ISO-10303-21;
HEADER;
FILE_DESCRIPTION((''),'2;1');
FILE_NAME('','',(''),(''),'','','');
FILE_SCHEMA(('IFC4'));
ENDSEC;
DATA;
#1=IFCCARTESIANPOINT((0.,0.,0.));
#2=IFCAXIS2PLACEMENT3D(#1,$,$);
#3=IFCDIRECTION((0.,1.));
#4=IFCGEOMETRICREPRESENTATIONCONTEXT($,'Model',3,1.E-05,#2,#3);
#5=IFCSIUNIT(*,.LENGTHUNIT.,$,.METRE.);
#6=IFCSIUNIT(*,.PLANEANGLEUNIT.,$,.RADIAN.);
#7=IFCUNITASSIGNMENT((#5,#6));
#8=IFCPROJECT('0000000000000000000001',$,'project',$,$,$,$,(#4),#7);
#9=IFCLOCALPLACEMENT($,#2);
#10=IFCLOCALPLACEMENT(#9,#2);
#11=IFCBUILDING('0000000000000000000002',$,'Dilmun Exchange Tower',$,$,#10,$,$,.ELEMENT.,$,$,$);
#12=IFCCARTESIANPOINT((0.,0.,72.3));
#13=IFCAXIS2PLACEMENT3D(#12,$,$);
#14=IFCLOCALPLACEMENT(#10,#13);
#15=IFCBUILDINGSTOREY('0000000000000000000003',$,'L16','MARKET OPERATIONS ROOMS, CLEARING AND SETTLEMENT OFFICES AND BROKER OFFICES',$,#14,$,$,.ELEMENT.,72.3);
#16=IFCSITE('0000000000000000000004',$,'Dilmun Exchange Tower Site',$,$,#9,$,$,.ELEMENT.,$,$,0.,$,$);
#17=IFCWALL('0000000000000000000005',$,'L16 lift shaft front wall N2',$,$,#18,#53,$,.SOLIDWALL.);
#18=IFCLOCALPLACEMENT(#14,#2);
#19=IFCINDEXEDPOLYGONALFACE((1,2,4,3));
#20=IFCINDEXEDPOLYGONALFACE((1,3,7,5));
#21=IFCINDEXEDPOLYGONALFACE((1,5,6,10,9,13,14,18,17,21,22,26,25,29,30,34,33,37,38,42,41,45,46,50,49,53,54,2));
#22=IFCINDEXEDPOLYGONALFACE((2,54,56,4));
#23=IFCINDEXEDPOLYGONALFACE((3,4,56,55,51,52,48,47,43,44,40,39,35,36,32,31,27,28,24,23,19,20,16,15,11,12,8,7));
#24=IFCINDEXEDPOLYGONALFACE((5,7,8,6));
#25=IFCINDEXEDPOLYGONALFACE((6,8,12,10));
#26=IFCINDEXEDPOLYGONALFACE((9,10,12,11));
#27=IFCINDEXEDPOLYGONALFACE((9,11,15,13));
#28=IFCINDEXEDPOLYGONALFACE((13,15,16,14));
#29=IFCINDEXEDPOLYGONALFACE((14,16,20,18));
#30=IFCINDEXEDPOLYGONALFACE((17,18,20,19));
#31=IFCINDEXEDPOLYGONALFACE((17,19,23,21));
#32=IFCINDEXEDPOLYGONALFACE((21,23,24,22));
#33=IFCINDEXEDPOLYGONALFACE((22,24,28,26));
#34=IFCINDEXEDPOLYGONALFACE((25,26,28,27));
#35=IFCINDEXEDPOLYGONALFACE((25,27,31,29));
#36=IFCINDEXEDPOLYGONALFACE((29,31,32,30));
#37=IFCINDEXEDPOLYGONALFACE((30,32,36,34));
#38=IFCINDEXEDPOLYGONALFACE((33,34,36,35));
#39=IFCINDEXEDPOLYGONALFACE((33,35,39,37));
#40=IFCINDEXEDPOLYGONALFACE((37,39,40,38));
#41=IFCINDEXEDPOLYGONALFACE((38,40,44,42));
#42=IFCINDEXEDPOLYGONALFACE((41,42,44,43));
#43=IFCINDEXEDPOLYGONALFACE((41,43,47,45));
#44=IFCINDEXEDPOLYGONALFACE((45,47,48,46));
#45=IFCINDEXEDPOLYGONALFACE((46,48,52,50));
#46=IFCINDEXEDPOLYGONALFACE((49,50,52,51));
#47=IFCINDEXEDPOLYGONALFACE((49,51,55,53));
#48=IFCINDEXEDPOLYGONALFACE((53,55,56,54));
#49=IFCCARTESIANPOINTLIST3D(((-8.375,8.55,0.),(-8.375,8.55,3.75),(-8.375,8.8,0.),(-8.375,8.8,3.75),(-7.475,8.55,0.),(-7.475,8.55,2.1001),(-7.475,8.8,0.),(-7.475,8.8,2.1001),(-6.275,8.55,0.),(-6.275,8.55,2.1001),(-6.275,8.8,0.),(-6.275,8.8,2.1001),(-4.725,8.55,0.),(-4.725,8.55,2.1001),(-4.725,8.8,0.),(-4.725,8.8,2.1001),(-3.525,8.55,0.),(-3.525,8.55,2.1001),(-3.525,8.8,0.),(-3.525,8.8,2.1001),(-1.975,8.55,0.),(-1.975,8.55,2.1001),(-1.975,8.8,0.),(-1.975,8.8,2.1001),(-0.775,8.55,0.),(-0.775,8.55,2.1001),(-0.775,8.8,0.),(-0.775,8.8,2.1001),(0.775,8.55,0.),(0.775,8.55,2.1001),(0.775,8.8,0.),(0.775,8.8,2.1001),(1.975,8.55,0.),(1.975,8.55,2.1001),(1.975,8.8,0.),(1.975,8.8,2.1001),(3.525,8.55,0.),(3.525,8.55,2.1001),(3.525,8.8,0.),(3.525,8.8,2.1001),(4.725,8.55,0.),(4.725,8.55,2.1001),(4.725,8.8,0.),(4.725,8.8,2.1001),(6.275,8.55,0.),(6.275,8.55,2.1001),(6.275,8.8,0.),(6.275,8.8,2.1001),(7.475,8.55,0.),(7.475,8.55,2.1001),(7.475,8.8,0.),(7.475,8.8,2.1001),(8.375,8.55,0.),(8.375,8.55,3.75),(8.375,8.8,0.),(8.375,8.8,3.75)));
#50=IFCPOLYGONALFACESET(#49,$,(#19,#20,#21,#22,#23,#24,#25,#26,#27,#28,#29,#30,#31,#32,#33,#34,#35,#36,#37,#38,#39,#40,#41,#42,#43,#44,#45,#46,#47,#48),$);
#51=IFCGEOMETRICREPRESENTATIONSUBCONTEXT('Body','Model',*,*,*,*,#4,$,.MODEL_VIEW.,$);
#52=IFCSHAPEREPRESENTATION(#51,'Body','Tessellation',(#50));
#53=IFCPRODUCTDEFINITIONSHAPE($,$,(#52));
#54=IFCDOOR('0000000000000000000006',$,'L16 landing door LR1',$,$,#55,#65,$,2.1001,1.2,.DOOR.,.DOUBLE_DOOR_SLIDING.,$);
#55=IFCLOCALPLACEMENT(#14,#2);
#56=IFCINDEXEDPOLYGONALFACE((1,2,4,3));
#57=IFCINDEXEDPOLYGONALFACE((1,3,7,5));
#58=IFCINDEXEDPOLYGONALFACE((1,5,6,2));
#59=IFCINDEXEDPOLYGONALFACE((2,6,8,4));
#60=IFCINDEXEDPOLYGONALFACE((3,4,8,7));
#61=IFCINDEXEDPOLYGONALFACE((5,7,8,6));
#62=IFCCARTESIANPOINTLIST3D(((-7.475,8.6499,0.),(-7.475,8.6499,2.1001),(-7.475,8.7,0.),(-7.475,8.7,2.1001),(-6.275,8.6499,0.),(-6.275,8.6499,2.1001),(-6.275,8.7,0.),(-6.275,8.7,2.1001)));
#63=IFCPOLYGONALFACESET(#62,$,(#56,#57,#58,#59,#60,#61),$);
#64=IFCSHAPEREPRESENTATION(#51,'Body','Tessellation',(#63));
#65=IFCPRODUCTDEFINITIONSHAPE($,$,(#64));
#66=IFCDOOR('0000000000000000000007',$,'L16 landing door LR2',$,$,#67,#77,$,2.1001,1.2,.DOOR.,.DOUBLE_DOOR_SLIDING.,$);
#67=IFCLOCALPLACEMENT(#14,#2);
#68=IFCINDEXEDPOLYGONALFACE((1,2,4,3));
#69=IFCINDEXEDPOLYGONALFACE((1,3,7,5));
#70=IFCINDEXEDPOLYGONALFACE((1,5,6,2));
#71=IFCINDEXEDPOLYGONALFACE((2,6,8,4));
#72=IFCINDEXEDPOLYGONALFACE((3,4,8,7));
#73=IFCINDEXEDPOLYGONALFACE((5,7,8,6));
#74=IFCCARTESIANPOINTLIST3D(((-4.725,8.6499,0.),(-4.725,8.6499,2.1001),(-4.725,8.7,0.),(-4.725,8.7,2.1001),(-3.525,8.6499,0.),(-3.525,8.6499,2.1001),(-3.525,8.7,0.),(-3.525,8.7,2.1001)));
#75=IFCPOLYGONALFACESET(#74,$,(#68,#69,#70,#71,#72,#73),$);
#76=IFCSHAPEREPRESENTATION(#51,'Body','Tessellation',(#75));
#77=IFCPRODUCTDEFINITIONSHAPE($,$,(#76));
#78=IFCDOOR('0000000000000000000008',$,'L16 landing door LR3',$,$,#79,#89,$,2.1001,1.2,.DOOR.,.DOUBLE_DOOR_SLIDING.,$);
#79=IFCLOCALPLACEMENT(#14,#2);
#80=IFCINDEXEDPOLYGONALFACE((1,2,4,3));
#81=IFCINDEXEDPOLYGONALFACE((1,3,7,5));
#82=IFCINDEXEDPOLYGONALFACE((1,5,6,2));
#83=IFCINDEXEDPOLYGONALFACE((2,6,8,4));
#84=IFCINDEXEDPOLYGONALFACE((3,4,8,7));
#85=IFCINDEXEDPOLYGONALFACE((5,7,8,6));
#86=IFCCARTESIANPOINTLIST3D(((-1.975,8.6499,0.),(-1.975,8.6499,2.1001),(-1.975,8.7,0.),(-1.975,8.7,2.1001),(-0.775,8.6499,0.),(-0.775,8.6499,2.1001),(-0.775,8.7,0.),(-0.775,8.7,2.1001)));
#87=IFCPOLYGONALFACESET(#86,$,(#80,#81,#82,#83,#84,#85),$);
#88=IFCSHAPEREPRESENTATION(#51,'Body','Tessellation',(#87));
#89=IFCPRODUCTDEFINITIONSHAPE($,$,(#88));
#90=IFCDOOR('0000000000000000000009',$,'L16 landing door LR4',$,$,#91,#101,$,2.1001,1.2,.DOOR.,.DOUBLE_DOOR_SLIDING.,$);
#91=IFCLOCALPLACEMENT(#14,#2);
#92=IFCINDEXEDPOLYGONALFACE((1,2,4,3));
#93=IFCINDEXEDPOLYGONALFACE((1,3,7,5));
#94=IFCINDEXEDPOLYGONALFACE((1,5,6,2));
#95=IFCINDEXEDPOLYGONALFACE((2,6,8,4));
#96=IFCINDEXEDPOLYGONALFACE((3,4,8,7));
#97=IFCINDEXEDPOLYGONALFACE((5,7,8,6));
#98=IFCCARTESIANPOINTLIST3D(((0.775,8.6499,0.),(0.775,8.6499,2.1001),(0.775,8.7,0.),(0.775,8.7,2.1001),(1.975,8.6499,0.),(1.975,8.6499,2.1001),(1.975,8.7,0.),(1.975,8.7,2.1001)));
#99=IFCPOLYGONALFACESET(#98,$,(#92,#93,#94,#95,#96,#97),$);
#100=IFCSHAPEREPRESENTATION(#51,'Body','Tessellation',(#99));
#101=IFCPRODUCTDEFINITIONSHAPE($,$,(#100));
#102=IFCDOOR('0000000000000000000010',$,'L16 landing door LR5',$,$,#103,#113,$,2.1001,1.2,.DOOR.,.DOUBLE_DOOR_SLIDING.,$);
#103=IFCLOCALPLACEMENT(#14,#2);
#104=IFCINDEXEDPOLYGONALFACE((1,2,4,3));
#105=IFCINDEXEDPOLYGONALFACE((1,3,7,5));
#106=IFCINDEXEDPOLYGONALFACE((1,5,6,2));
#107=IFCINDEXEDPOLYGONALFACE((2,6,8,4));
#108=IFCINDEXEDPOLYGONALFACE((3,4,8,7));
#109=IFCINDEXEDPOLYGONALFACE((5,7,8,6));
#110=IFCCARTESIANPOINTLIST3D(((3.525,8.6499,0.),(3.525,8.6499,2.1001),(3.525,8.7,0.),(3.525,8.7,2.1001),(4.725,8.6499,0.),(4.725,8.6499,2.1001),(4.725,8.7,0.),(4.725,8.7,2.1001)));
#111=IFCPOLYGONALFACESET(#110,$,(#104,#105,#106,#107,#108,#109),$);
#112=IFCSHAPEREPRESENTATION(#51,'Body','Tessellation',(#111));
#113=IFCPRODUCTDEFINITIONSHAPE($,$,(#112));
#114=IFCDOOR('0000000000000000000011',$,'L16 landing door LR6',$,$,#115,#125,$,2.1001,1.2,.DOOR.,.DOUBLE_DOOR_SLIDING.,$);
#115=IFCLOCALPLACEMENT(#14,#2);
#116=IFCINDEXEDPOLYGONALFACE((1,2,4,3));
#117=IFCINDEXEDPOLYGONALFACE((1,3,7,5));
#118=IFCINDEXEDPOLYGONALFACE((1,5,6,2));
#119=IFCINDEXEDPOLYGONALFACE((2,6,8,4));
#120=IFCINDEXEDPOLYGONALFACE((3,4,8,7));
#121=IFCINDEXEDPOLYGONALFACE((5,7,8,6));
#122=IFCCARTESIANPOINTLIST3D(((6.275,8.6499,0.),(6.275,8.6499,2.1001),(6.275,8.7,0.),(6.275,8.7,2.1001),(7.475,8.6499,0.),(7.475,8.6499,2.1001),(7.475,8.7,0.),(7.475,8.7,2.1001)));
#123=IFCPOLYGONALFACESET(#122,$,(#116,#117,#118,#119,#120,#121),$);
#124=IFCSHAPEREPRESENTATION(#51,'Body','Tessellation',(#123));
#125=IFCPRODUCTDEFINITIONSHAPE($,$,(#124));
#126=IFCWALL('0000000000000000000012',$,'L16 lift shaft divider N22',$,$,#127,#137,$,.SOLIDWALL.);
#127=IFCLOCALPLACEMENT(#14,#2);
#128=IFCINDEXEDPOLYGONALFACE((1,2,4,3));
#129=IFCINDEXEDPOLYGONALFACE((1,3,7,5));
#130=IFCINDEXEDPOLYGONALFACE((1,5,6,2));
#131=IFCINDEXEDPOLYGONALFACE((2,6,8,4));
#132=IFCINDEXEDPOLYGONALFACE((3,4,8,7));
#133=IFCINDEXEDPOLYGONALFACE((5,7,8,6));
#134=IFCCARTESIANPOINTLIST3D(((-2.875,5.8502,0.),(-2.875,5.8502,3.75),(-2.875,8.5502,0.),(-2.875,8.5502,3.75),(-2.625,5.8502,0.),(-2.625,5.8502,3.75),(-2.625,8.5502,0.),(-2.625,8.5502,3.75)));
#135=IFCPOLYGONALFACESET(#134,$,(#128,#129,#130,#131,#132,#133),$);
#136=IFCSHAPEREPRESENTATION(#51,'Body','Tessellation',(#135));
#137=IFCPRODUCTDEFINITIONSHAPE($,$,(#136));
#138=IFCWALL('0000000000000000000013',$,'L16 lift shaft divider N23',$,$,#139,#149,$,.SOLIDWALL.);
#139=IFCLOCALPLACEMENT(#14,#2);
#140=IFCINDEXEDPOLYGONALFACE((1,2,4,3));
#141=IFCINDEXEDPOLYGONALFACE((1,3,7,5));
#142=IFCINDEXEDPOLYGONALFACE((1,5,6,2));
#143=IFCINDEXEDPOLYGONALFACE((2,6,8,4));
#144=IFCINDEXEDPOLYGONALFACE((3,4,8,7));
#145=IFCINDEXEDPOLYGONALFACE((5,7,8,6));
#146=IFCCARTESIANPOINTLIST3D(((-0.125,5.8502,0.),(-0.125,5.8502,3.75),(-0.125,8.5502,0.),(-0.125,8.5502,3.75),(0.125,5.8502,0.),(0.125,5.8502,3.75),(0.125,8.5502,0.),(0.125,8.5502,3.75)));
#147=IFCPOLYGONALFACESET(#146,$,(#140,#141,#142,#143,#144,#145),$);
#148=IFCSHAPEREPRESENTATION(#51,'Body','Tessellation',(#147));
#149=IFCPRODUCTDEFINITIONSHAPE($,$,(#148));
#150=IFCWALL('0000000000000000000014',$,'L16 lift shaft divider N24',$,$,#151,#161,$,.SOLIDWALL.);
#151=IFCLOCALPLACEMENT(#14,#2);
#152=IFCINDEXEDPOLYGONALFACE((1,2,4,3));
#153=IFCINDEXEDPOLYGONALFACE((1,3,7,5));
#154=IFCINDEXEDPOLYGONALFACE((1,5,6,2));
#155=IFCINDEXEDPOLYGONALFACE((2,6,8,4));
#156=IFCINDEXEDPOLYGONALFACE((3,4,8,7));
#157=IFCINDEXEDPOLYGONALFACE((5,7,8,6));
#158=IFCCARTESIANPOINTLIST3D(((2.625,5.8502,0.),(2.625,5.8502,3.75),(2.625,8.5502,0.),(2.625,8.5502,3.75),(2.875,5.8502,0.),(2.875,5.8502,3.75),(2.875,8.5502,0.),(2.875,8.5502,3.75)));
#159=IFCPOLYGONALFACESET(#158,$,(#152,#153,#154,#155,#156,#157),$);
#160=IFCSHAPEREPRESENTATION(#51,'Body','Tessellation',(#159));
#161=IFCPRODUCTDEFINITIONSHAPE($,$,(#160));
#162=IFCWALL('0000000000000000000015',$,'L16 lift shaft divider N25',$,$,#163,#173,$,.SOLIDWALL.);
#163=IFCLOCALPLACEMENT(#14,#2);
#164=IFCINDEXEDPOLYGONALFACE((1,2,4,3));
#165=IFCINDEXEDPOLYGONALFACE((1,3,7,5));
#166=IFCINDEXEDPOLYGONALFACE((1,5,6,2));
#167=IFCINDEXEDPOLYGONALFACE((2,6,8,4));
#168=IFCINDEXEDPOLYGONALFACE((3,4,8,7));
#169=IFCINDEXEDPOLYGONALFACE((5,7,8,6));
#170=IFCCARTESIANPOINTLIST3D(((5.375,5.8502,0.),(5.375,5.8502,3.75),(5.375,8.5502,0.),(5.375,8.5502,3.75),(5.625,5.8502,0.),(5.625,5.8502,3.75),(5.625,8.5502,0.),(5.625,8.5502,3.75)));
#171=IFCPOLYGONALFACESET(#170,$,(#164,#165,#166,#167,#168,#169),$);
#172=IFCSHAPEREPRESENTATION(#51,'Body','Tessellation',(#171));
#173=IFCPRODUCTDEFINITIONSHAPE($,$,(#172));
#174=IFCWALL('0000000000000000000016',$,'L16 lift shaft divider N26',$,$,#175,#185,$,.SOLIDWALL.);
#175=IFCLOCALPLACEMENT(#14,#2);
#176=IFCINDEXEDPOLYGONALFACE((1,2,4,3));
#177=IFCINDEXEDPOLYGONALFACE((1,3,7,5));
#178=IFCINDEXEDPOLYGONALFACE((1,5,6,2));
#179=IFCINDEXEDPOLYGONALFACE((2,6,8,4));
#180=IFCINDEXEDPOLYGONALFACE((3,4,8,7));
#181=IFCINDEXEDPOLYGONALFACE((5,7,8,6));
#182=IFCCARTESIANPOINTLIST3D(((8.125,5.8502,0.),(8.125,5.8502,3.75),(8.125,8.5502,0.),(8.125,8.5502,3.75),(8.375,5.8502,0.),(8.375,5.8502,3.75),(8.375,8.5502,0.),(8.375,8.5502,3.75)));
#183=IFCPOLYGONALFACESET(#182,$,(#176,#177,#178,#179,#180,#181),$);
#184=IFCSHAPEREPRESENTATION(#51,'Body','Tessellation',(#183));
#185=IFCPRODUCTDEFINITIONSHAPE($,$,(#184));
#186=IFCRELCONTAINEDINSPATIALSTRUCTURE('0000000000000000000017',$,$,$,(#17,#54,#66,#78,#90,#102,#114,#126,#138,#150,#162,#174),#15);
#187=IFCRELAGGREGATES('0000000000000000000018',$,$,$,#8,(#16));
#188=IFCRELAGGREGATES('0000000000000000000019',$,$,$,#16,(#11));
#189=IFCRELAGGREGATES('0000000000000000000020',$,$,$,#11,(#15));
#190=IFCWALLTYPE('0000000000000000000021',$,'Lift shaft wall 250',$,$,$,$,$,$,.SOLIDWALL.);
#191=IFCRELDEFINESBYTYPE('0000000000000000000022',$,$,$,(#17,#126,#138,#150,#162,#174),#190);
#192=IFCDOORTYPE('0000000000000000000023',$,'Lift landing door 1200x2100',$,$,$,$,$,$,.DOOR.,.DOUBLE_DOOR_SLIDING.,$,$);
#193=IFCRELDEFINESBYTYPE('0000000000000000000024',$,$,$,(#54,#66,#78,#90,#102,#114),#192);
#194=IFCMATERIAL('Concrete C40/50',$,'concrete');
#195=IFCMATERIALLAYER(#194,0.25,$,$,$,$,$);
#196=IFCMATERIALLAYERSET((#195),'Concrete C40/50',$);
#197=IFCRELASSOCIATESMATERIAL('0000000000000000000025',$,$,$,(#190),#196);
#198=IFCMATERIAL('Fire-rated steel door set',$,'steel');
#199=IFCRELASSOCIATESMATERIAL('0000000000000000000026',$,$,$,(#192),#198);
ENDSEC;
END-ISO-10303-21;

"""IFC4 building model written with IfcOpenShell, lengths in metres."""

from ifc_helpers import new_model, si_unit, direction, frame, frame_2d, origin, place, context, subcontext, project, spatial, rectangle, extrude, material, layer, layer_set, type_object, element, fill, save


model = new_model("IFC4")

# Units and contexts
model_context = context("Model", 3, precision=1e-05, world=origin(), true_north=direction((0.0, 1.0)))
body_context = subcontext(model_context, "Body", "Model", "MODEL_VIEW")
ifc_project = project(units=[si_unit("LENGTHUNIT", "METRE"), si_unit("PLANEANGLEUNIT", "RADIAN")], contexts=[model_context])

# Site, building, storey
site_placement = place(None, origin())
site = spatial("IfcSite", under=ifc_project, at=site_placement, Name="Dilmun Exchange Tower Site", CompositionType="ELEMENT", RefElevation=0.0)
building_placement = place(site_placement, origin())
building = spatial("IfcBuilding", under=site, at=building_placement, Name="Dilmun Exchange Tower", CompositionType="ELEMENT")
storey_placement = place(building_placement, frame((0.0, 0.0, 72.3)))
storey = spatial("IfcBuildingStorey", under=building, at=storey_placement, Name="L16", Description="MARKET OPERATIONS ROOMS, CLEARING AND SETTLEMENT OFFICES AND BROKER OFFICES", CompositionType="ELEMENT", Elevation=72.3)

# Shared definitions
ifc_material_1 = material(Name="Concrete C40/50", Category="concrete")

# Shared definitions
ifc_material_2 = material(Name="Fire-rated steel door set", Category="steel")

# Wall, openings, doors
ifc_layer_1 = layer(ifc_material_1, 0.25)
ifc_layer_set_1 = layer_set([ifc_layer_1], Name="Concrete C40/50")
wall_type_1 = type_object("IfcWallType", Name="Lift shaft wall 250", PredefinedType="SOLIDWALL", material=ifc_layer_set_1)
wall_1_placement = place(storey_placement, frame((-8.375, 8.675, 0.0), z_axis=(0.0, 0.0, 1.0), x_axis=(1.0, 0.0, 0.0)))
wall_1 = element("IfcWall", 1, at=wall_1_placement, inside=storey, type_object=wall_type_1, Name="L16 lift shaft front wall N2", PredefinedType="SOLIDWALL", context=body_context, shape_type="SweptSolid", body=[
    extrude(rectangle(XDim=16.75, YDim=0.25, at=frame_2d((8.375, 0.0))), origin(), (0.0, 0.0, 1.0), 3.75),
])
opening_1_placement = place(wall_1_placement, frame((0.8999, 0.0, 0.0)))
opening_1 = element("IfcOpeningElement", 2, at=opening_1_placement, cuts=wall_1, PredefinedType="OPENING", context=body_context, shape_type="SweptSolid", body=[
    extrude(rectangle(XDim=1.2, YDim=2.1001, at=frame_2d((0.6001, 1.05))), frame((0.0, 0.135, 0.0), z_axis=(0.0, -1.0, 0.0), x_axis=(1.0, 0.0, 0.0)), (0.0, 0.0, 1.0), 0.27),
])
opening_2_placement = place(wall_1_placement, frame((3.6499, 0.0, 0.0)))
opening_2 = element("IfcOpeningElement", 3, at=opening_2_placement, cuts=wall_1, PredefinedType="OPENING", context=body_context, shape_type="SweptSolid", body=[
    extrude(rectangle(XDim=1.2, YDim=2.1001, at=frame_2d((0.6001, 1.05))), frame((0.0, 0.135, 0.0), z_axis=(0.0, -1.0, 0.0), x_axis=(1.0, 0.0, 0.0)), (0.0, 0.0, 1.0), 0.27),
])
opening_3_placement = place(wall_1_placement, frame((6.3999, 0.0, 0.0)))
opening_3 = element("IfcOpeningElement", 4, at=opening_3_placement, cuts=wall_1, PredefinedType="OPENING", context=body_context, shape_type="SweptSolid", body=[
    extrude(rectangle(XDim=1.2, YDim=2.1001, at=frame_2d((0.6001, 1.05))), frame((0.0, 0.135, 0.0), z_axis=(0.0, -1.0, 0.0), x_axis=(1.0, 0.0, 0.0)), (0.0, 0.0, 1.0), 0.27),
])
opening_4_placement = place(wall_1_placement, frame((9.1499, 0.0, 0.0)))
opening_4 = element("IfcOpeningElement", 5, at=opening_4_placement, cuts=wall_1, PredefinedType="OPENING", context=body_context, shape_type="SweptSolid", body=[
    extrude(rectangle(XDim=1.2, YDim=2.1001, at=frame_2d((0.6001, 1.05))), frame((0.0, 0.135, 0.0), z_axis=(0.0, -1.0, 0.0), x_axis=(1.0, 0.0, 0.0)), (0.0, 0.0, 1.0), 0.27),
])
opening_5_placement = place(wall_1_placement, frame((11.8999, 0.0, 0.0)))
opening_5 = element("IfcOpeningElement", 6, at=opening_5_placement, cuts=wall_1, PredefinedType="OPENING", context=body_context, shape_type="SweptSolid", body=[
    extrude(rectangle(XDim=1.2, YDim=2.1001, at=frame_2d((0.6001, 1.05))), frame((0.0, 0.135, 0.0), z_axis=(0.0, -1.0, 0.0), x_axis=(1.0, 0.0, 0.0)), (0.0, 0.0, 1.0), 0.27),
])
opening_6_placement = place(wall_1_placement, frame((14.6499, 0.0, 0.0)))
opening_6 = element("IfcOpeningElement", 7, at=opening_6_placement, cuts=wall_1, PredefinedType="OPENING", context=body_context, shape_type="SweptSolid", body=[
    extrude(rectangle(XDim=1.2, YDim=2.1001, at=frame_2d((0.6001, 1.05))), frame((0.0, 0.135, 0.0), z_axis=(0.0, -1.0, 0.0), x_axis=(1.0, 0.0, 0.0)), (0.0, 0.0, 1.0), 0.27),
])
door_type_1 = type_object("IfcDoorType", Name="Lift landing door 1200x2100", OperationType="DOUBLE_DOOR_SLIDING", PredefinedType="DOOR", material=ifc_material_2)
door_1_placement = place(opening_1_placement, origin())
door_1 = element("IfcDoor", 8, at=door_1_placement, inside=storey, type_object=door_type_1, Name="L16 landing door LR1", OperationType="DOUBLE_DOOR_SLIDING", OverallHeight=2.1001, OverallWidth=1.2, PredefinedType="DOOR", context=body_context, shape_type="SweptSolid", body=[
    extrude(rectangle(XDim=1.2, YDim=2.1001, at=frame_2d((0.6001, 1.05))), frame((0.0, 0.0249, 0.0), z_axis=(0.0, -1.0, 0.0), x_axis=(1.0, 0.0, 0.0)), (0.0, 0.0, 1.0), 0.05),
])
fill(opening_1, door_1)
door_2_placement = place(opening_2_placement, origin())
door_2 = element("IfcDoor", 9, at=door_2_placement, inside=storey, type_object=door_type_1, Name="L16 landing door LR2", OperationType="DOUBLE_DOOR_SLIDING", OverallHeight=2.1001, OverallWidth=1.2, PredefinedType="DOOR", context=body_context, shape_type="SweptSolid", body=[
    extrude(rectangle(XDim=1.2, YDim=2.1001, at=frame_2d((0.6001, 1.05))), frame((0.0, 0.0249, 0.0), z_axis=(0.0, -1.0, 0.0), x_axis=(1.0, 0.0, 0.0)), (0.0, 0.0, 1.0), 0.05),
])
fill(opening_2, door_2)
door_3_placement = place(opening_3_placement, origin())
door_3 = element("IfcDoor", 10, at=door_3_placement, inside=storey, type_object=door_type_1, Name="L16 landing door LR3", OperationType="DOUBLE_DOOR_SLIDING", OverallHeight=2.1001, OverallWidth=1.2, PredefinedType="DOOR", context=body_context, shape_type="SweptSolid", body=[
    extrude(rectangle(XDim=1.2, YDim=2.1001, at=frame_2d((0.6001, 1.05))), frame((0.0, 0.0249, 0.0), z_axis=(0.0, -1.0, 0.0), x_axis=(1.0, 0.0, 0.0)), (0.0, 0.0, 1.0), 0.05),
])
fill(opening_3, door_3)
door_4_placement = place(opening_4_placement, origin())
door_4 = element("IfcDoor", 11, at=door_4_placement, inside=storey, type_object=door_type_1, Name="L16 landing door LR4", OperationType="DOUBLE_DOOR_SLIDING", OverallHeight=2.1001, OverallWidth=1.2, PredefinedType="DOOR", context=body_context, shape_type="SweptSolid", body=[
    extrude(rectangle(XDim=1.2, YDim=2.1001, at=frame_2d((0.6001, 1.05))), frame((0.0, 0.0249, 0.0), z_axis=(0.0, -1.0, 0.0), x_axis=(1.0, 0.0, 0.0)), (0.0, 0.0, 1.0), 0.05),
])
fill(opening_4, door_4)
door_5_placement = place(opening_5_placement, origin())
door_5 = element("IfcDoor", 12, at=door_5_placement, inside=storey, type_object=door_type_1, Name="L16 landing door LR5", OperationType="DOUBLE_DOOR_SLIDING", OverallHeight=2.1001, OverallWidth=1.2, PredefinedType="DOOR", context=body_context, shape_type="SweptSolid", body=[
    extrude(rectangle(XDim=1.2, YDim=2.1001, at=frame_2d((0.6001, 1.05))), frame((0.0, 0.0249, 0.0), z_axis=(0.0, -1.0, 0.0), x_axis=(1.0, 0.0, 0.0)), (0.0, 0.0, 1.0), 0.05),
])
fill(opening_5, door_5)
door_6_placement = place(opening_6_placement, origin())
door_6 = element("IfcDoor", 13, at=door_6_placement, inside=storey, type_object=door_type_1, Name="L16 landing door LR6", OperationType="DOUBLE_DOOR_SLIDING", OverallHeight=2.1001, OverallWidth=1.2, PredefinedType="DOOR", context=body_context, shape_type="SweptSolid", body=[
    extrude(rectangle(XDim=1.2, YDim=2.1001, at=frame_2d((0.6001, 1.05))), frame((0.0, 0.0249, 0.0), z_axis=(0.0, -1.0, 0.0), x_axis=(1.0, 0.0, 0.0)), (0.0, 0.0, 1.0), 0.05),
])
fill(opening_6, door_6)

# Walls
for number, where, z_axis, x_axis, name in (
    (14, (-2.75, 5.8501, 0.0), (0.0, 0.0, 1.0), (0.0, 1.0, 0.0), "L16 lift shaft divider N22"),
    (15, (0.0, 5.8501, 0.0), (0.0, 0.0, 1.0), (0.0, 1.0, 0.0), "L16 lift shaft divider N23"),
    (16, (2.75, 5.8501, 0.0), (0.0, 0.0, 1.0), (0.0, 1.0, 0.0), "L16 lift shaft divider N24"),
    (17, (5.5, 5.8501, 0.0), (0.0, 0.0, 1.0), (0.0, 1.0, 0.0), "L16 lift shaft divider N25"),
    (18, (8.25, 5.8501, 0.0), (0.0, 0.0, 1.0), (0.0, 1.0, 0.0), "L16 lift shaft divider N26"),
):
    element("IfcWall", number, at=place(storey_placement, frame(where, z_axis=z_axis, x_axis=x_axis)), inside=storey, type_object=wall_type_1, Name=name, PredefinedType="SOLIDWALL", context=body_context, shape_type="SweptSolid", body=[
        extrude(rectangle(XDim=2.7, YDim=0.25, at=frame_2d((1.3501, 0.0))), origin(), (0.0, 0.0, 1.0), 3.75),
    ])

save(model, "model.ifc")
